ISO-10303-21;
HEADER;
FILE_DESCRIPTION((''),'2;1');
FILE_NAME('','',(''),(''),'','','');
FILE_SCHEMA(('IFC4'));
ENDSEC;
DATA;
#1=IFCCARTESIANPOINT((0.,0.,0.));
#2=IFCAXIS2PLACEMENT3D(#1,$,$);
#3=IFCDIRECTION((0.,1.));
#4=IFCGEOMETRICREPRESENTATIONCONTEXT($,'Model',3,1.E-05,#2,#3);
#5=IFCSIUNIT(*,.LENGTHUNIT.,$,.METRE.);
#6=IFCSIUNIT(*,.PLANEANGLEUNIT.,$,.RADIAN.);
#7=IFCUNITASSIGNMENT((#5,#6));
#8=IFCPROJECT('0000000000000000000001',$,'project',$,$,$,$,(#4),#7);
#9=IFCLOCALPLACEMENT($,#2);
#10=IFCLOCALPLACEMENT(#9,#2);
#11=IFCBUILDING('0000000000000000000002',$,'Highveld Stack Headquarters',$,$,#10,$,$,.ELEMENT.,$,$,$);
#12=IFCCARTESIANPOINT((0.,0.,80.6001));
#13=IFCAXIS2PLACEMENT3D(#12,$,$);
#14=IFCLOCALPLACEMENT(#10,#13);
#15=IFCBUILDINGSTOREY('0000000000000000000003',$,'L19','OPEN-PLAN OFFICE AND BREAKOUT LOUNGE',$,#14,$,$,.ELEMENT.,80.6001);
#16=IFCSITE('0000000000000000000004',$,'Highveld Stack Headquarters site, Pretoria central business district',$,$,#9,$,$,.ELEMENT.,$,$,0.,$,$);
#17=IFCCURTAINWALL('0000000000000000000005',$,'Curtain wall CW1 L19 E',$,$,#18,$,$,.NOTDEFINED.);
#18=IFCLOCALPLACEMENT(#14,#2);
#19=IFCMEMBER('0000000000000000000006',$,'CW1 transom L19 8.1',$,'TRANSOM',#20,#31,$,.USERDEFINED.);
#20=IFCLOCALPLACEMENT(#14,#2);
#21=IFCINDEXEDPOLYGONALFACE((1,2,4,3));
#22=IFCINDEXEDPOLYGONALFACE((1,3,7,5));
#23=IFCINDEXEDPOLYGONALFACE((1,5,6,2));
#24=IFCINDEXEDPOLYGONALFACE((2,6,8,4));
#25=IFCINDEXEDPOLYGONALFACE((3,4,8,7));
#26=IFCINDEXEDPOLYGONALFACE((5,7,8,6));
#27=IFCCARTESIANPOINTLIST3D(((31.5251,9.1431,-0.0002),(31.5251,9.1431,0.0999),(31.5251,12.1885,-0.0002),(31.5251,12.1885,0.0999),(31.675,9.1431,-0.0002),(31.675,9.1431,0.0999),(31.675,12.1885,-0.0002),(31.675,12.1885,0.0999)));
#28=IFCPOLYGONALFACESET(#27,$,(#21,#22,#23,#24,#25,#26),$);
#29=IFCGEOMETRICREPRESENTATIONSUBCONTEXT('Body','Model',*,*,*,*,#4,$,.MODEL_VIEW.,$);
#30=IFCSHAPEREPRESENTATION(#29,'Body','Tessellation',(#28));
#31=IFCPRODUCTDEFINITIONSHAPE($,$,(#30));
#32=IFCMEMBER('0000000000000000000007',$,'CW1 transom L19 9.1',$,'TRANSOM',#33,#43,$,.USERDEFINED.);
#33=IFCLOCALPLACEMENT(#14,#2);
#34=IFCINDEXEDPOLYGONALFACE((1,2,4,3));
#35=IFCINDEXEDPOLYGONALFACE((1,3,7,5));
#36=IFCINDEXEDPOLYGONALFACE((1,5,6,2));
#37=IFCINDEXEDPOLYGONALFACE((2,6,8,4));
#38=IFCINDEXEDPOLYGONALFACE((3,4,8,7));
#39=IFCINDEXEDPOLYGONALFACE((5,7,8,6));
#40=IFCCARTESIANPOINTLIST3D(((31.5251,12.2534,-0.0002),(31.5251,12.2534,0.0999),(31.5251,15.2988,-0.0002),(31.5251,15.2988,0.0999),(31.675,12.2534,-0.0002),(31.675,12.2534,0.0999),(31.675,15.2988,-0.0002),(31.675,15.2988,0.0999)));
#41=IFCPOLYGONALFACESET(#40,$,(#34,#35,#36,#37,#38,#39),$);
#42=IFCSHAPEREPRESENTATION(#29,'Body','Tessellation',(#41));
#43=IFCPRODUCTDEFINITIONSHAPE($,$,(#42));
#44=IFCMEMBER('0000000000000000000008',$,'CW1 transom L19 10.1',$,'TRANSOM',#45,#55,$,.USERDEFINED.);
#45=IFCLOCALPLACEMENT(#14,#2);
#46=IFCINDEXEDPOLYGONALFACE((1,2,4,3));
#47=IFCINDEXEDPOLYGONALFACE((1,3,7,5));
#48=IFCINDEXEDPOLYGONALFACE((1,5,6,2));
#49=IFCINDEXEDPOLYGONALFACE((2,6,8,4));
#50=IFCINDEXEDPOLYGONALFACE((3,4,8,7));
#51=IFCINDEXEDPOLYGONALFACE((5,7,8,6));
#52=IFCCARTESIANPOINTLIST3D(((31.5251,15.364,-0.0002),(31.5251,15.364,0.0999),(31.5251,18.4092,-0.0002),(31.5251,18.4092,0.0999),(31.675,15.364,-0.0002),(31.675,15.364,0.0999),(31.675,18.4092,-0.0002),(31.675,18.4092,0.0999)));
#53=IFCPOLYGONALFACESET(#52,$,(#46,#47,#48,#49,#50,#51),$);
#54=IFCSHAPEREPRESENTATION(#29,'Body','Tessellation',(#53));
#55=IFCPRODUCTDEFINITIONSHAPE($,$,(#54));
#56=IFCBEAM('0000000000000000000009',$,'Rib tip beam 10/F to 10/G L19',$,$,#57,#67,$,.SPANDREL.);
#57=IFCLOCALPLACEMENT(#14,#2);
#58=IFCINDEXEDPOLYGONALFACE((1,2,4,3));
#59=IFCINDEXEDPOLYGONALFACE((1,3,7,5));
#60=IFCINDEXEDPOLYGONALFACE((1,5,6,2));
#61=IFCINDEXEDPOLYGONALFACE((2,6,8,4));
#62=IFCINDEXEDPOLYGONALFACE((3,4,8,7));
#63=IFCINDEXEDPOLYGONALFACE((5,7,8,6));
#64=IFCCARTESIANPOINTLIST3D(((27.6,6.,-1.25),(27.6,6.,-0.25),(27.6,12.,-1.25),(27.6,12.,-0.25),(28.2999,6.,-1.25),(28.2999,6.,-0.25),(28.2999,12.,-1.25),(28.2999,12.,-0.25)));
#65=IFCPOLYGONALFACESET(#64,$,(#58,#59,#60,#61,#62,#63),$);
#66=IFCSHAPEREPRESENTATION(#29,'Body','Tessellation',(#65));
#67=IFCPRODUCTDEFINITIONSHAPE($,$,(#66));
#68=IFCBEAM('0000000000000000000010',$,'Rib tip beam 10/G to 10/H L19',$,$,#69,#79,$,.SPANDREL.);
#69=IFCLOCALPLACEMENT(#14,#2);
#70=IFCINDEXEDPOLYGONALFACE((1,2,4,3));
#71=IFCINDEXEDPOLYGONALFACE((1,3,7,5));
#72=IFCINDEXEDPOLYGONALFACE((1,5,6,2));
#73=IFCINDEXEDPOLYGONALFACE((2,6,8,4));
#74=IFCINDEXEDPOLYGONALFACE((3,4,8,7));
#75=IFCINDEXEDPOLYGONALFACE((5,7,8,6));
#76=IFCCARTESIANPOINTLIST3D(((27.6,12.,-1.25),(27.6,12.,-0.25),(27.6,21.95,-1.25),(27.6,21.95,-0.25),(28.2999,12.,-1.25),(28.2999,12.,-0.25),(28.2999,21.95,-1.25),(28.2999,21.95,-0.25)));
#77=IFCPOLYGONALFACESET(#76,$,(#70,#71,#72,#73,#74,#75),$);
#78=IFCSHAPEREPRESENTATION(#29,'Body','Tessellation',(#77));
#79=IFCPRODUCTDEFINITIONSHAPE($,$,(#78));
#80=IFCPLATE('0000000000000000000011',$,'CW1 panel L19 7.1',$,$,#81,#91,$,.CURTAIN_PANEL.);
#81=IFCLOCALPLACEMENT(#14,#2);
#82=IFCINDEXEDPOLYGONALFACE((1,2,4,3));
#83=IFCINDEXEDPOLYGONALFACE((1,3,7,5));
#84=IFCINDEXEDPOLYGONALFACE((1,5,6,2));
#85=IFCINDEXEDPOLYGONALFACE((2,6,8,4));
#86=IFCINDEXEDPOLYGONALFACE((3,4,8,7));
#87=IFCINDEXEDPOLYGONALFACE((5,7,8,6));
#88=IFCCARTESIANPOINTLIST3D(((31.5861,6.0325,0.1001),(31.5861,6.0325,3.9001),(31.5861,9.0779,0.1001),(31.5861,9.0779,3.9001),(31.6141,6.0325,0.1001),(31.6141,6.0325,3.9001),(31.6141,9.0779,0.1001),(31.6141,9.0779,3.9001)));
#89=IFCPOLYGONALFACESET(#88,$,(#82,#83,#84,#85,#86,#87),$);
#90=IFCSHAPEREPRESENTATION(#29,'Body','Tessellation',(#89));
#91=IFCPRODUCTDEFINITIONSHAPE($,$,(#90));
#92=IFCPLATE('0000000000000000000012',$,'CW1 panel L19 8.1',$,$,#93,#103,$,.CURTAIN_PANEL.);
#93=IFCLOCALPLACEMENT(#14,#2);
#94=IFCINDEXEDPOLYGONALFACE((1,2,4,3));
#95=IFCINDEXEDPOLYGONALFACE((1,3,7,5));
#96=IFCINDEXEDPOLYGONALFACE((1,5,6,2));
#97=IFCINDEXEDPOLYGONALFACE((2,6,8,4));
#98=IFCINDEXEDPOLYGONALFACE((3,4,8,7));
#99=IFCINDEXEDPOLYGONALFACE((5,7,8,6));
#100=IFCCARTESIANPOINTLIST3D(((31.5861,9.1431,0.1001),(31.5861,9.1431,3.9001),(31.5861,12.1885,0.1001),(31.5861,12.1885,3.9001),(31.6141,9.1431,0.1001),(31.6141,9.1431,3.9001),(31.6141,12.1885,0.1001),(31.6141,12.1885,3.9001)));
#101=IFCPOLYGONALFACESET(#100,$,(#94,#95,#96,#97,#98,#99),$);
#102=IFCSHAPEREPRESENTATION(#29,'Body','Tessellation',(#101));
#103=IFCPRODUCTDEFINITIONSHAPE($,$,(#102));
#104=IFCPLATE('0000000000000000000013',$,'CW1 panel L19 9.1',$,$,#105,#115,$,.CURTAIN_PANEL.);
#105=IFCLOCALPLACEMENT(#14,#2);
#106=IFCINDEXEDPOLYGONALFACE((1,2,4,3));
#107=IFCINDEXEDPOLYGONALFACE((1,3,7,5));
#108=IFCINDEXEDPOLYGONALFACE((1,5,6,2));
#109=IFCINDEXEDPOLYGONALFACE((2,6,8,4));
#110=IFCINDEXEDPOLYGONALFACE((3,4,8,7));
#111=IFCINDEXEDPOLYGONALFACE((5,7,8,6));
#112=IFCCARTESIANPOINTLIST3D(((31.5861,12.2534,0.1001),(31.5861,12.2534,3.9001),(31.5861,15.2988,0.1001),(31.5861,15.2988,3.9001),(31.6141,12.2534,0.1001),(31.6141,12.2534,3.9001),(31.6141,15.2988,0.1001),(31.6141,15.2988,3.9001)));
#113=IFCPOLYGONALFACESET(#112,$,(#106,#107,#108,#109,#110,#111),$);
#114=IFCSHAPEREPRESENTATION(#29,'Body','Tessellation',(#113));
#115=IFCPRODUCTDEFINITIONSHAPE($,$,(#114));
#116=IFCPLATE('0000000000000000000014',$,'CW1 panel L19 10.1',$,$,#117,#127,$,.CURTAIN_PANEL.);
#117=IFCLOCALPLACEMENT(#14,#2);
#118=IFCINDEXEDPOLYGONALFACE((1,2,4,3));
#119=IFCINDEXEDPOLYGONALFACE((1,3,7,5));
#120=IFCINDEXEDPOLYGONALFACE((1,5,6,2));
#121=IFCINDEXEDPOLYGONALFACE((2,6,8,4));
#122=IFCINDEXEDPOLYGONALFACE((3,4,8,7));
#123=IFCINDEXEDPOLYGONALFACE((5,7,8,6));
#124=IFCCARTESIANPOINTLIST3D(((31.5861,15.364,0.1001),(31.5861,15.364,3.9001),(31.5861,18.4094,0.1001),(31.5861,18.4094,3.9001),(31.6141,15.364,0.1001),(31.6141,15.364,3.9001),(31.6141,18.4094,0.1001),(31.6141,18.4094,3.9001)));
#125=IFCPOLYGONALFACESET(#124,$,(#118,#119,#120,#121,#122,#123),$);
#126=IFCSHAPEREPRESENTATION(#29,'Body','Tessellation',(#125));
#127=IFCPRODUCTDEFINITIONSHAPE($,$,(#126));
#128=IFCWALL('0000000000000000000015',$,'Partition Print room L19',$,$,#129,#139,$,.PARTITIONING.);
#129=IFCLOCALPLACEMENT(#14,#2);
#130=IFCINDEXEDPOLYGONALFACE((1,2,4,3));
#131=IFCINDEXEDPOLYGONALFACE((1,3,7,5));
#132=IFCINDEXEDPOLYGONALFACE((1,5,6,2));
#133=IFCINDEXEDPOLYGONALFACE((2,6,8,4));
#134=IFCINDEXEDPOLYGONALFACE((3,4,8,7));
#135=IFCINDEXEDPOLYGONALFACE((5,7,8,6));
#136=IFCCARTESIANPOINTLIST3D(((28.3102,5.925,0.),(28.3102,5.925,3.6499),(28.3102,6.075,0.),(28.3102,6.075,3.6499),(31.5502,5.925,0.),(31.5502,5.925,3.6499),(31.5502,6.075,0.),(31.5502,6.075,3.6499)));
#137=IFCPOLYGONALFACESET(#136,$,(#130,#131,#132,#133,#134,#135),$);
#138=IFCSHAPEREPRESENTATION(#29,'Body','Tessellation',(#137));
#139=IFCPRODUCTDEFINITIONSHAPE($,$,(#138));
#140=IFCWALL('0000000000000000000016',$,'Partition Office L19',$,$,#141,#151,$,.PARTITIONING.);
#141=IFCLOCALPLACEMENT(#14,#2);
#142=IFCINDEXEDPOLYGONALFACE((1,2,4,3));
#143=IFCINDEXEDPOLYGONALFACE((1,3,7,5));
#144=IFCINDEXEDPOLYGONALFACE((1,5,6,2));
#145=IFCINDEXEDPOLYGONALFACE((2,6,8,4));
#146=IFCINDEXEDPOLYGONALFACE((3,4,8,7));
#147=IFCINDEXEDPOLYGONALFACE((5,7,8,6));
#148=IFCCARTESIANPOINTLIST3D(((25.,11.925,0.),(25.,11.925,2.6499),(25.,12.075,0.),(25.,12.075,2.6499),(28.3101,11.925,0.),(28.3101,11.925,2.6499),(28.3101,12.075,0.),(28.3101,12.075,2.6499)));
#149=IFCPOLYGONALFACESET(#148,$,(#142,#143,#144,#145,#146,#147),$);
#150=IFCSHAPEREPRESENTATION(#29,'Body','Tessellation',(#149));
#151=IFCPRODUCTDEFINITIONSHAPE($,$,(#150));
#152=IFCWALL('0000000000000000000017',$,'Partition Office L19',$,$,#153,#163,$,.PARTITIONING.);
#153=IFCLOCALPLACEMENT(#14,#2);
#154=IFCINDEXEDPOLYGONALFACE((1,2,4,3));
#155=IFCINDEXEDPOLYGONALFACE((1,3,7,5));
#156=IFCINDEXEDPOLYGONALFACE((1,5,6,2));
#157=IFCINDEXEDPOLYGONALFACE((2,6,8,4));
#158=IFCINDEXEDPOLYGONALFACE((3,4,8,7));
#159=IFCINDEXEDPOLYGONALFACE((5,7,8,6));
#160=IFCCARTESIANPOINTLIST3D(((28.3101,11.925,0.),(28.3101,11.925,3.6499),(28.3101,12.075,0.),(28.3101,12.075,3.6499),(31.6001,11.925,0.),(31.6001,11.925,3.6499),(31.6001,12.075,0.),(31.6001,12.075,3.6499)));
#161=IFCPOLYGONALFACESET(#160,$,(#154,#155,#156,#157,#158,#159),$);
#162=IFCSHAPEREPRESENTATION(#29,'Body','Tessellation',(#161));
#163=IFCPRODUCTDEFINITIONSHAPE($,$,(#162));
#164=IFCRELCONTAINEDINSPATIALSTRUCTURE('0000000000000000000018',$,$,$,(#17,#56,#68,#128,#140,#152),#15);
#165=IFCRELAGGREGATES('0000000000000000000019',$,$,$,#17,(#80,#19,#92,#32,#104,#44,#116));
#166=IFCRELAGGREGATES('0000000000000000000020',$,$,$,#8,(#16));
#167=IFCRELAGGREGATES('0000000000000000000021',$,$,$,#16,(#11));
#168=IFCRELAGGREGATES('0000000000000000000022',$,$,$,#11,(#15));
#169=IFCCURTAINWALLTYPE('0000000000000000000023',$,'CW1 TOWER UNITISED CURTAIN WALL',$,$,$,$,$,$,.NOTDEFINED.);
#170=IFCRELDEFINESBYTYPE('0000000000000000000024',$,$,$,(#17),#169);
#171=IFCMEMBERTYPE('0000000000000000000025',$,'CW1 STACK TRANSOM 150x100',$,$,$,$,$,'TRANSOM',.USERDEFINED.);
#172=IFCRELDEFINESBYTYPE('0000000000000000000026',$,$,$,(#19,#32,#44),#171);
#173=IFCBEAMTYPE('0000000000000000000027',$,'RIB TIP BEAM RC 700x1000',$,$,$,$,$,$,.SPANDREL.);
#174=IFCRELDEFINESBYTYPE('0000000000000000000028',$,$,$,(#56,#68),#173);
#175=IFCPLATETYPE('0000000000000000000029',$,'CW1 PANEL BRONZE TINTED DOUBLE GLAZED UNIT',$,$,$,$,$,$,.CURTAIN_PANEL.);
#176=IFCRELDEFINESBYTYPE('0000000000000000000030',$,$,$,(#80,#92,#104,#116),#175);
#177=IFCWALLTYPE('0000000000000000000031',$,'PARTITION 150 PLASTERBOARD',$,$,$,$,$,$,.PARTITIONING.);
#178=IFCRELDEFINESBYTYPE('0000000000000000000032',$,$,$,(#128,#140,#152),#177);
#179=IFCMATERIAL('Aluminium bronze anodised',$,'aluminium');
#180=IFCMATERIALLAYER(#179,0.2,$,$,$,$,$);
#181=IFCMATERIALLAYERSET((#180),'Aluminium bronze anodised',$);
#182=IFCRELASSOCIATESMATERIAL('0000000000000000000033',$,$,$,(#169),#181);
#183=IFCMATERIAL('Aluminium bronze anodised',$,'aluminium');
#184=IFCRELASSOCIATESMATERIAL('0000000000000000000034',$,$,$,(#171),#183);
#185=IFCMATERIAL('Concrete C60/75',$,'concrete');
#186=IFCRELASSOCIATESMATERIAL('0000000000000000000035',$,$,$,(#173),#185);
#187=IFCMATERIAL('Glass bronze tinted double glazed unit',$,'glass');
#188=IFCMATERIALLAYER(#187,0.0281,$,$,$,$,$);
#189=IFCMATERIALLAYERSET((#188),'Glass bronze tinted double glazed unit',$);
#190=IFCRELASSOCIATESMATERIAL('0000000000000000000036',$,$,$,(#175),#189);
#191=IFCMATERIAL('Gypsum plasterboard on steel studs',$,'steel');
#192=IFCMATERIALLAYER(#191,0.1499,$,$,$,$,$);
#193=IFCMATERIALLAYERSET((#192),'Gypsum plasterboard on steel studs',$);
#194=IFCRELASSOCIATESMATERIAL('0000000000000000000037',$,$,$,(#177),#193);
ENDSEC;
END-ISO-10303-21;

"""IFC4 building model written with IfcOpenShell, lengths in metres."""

from ifc_helpers import new_model, si_unit, direction, frame, frame_2d, origin, origin_2d, place, context, subcontext, project, spatial, rectangle, extrude, material, layer, layer_set, material_profile, profile_set, type_object, element, aggregate, save


model = new_model("IFC4")

# Units and contexts
model_context = context("Model", 3, precision=1e-05, world=origin(), true_north=direction((0.0, 1.0)))
body_context = subcontext(model_context, "Body", "Model", "MODEL_VIEW")
ifc_project = project(units=[si_unit("LENGTHUNIT", "METRE"), si_unit("PLANEANGLEUNIT", "RADIAN")], contexts=[model_context])

# Site, building, storey
site_placement = place(None, origin())
site = spatial("IfcSite", under=ifc_project, at=site_placement, Name="Highveld Stack Headquarters site, Pretoria central business district", CompositionType="ELEMENT", RefElevation=0.0)
building_placement = place(site_placement, origin())
building = spatial("IfcBuilding", under=site, at=building_placement, Name="Highveld Stack Headquarters", CompositionType="ELEMENT")
storey_placement = place(building_placement, frame((0.0, 0.0, 80.6001)))
storey = spatial("IfcBuildingStorey", under=building, at=storey_placement, Name="L19", Description="OPEN-PLAN OFFICE AND BREAKOUT LOUNGE", CompositionType="ELEMENT", Elevation=80.6001)

# Curtain wall, members
ifc_material_1 = material(Name="Aluminium bronze anodised", Category="aluminium")
ifc_layer_1 = layer(ifc_material_1, 0.2)
ifc_layer_set_1 = layer_set([ifc_layer_1], Name="Aluminium bronze anodised")
curtain_wall_type = type_object("IfcCurtainWallType", Name="CW1 TOWER UNITISED CURTAIN WALL", PredefinedType="NOTDEFINED", material=ifc_layer_set_1)
curtain_wall_placement = place(storey_placement, origin())
curtain_wall = element("IfcCurtainWall", 1, at=curtain_wall_placement, inside=storey, type_object=curtain_wall_type, Name="Curtain wall CW1 L19 E", PredefinedType="NOTDEFINED")
ifc_material_2 = material(Name="Aluminium bronze anodised", Category="aluminium")
ifc_material_profile_1 = material_profile(ifc_material_2, rectangle(XDim=0.1499, YDim=0.1001, at=origin_2d()), Name="CW1 TRANSOM 150x100")
ifc_profile_set_1 = profile_set([ifc_material_profile_1], Name="Aluminium bronze anodised")
member_type_1 = type_object("IfcMemberType", Name="CW1 STACK TRANSOM 150x100", ElementType="TRANSOM", PredefinedType="USERDEFINED", material=ifc_profile_set_1)
member_1_placement = place(storey_placement, frame((31.6001, 9.1431, 0.0498), z_axis=(0.0, 1.0, 0.0), x_axis=(-1.0, 0.0, 0.0)))
member_1 = element("IfcMember", 2, at=member_1_placement, type_object=member_type_1, Name="CW1 transom L19 8.1", ObjectType="TRANSOM", PredefinedType="USERDEFINED", context=body_context, shape_type="SweptSolid", body=[
    extrude(rectangle(XDim=0.1499, YDim=0.1001, at=origin_2d()), origin(), (0.0, 0.0, 1.0), 3.0454),
])
member_2_placement = place(storey_placement, frame((31.6001, 12.2534, 0.0498), z_axis=(0.0, 1.0, 0.0), x_axis=(-1.0, 0.0, 0.0)))
member_2 = element("IfcMember", 3, at=member_2_placement, type_object=member_type_1, Name="CW1 transom L19 9.1", ObjectType="TRANSOM", PredefinedType="USERDEFINED", context=body_context, shape_type="SweptSolid", body=[
    extrude(rectangle(XDim=0.1499, YDim=0.1001, at=origin_2d()), origin(), (0.0, 0.0, 1.0), 3.0454),
])
member_3_placement = place(storey_placement, frame((31.6001, 15.364, 0.0498), z_axis=(0.0, 1.0, 0.0), x_axis=(-1.0, 0.0, 0.0)))
member_3 = element("IfcMember", 4, at=member_3_placement, type_object=member_type_1, Name="CW1 transom L19 10.1", ObjectType="TRANSOM", PredefinedType="USERDEFINED", context=body_context, shape_type="SweptSolid", body=[
    extrude(rectangle(XDim=0.1499, YDim=0.1001, at=origin_2d()), origin(), (0.0, 0.0, 1.0), 3.0452),
])

# Beams
ifc_material_3 = material(Name="Concrete C60/75", Category="concrete")
ifc_material_profile_2 = material_profile(ifc_material_3, rectangle(XDim=0.7, YDim=1.0, at=origin_2d()), Name="RC 700x1000")
ifc_profile_set_2 = profile_set([ifc_material_profile_2], Name="Concrete C60/75")
beam_type_1 = type_object("IfcBeamType", Name="RIB TIP BEAM RC 700x1000", PredefinedType="SPANDREL", material=ifc_profile_set_2)
beam_1_placement = place(storey_placement, frame((27.95, 6.0, -0.75), z_axis=(0.0, 1.0, 0.0), x_axis=(-1.0, 0.0, 0.0)))
element("IfcBeam", 5, at=beam_1_placement, inside=storey, type_object=beam_type_1, Name="Rib tip beam 10/F to 10/G L19", PredefinedType="SPANDREL", context=body_context, shape_type="SweptSolid", body=[
    extrude(rectangle(XDim=0.7, YDim=1.0, at=origin_2d()), origin(), (0.0, 0.0, 1.0), 6.0),
])
beam_2_placement = place(storey_placement, frame((27.95, 12.0, -0.75), z_axis=(0.0, 1.0, 0.0), x_axis=(-1.0, 0.0, 0.0)))
element("IfcBeam", 6, at=beam_2_placement, inside=storey, type_object=beam_type_1, Name="Rib tip beam 10/G to 10/H L19", PredefinedType="SPANDREL", context=body_context, shape_type="SweptSolid", body=[
    extrude(rectangle(XDim=0.7, YDim=1.0, at=origin_2d()), origin(), (0.0, 0.0, 1.0), 9.95),
])

# Plates
ifc_material_4 = material(Name="Glass bronze tinted double glazed unit", Category="glass")
ifc_layer_2 = layer(ifc_material_4, 0.0281)
ifc_layer_set_2 = layer_set([ifc_layer_2], Name="Glass bronze tinted double glazed unit")
plate_type = type_object("IfcPlateType", Name="CW1 PANEL BRONZE TINTED DOUBLE GLAZED UNIT", PredefinedType="CURTAIN_PANEL", material=ifc_layer_set_2)
plate_1_placement = place(storey_placement, frame((31.6001, 7.5552, 0.1001), z_axis=(0.0, 0.0, 1.0), x_axis=(0.0, 1.0, 0.0)))
plate_1 = element("IfcPlate", 7, at=plate_1_placement, type_object=plate_type, Name="CW1 panel L19 7.1", PredefinedType="CURTAIN_PANEL", context=body_context, shape_type="SweptSolid", body=[
    extrude(rectangle(XDim=3.0454, YDim=0.0281, at=origin_2d()), origin(), (0.0, 0.0, 1.0), 3.8),
])
plate_2_placement = place(storey_placement, frame((31.6001, 10.6658, 0.1001), z_axis=(0.0, 0.0, 1.0), x_axis=(0.0, 1.0, 0.0)))
plate_2 = element("IfcPlate", 8, at=plate_2_placement, type_object=plate_type, Name="CW1 panel L19 8.1", PredefinedType="CURTAIN_PANEL", context=body_context, shape_type="SweptSolid", body=[
    extrude(rectangle(XDim=3.0454, YDim=0.0281, at=origin_2d()), origin(), (0.0, 0.0, 1.0), 3.8),
])
plate_3_placement = place(storey_placement, frame((31.6001, 13.7761, 0.1001), z_axis=(0.0, 0.0, 1.0), x_axis=(0.0, 1.0, 0.0)))
plate_3 = element("IfcPlate", 9, at=plate_3_placement, type_object=plate_type, Name="CW1 panel L19 9.1", PredefinedType="CURTAIN_PANEL", context=body_context, shape_type="SweptSolid", body=[
    extrude(rectangle(XDim=3.0454, YDim=0.0281, at=origin_2d()), origin(), (0.0, 0.0, 1.0), 3.8),
])
plate_4_placement = place(storey_placement, frame((31.6001, 16.8867, 0.1001), z_axis=(0.0, 0.0, 1.0), x_axis=(0.0, 1.0, 0.0)))
plate_4 = element("IfcPlate", 10, at=plate_4_placement, type_object=plate_type, Name="CW1 panel L19 10.1", PredefinedType="CURTAIN_PANEL", context=body_context, shape_type="SweptSolid", body=[
    extrude(rectangle(XDim=3.0454, YDim=0.0281, at=origin_2d()), origin(), (0.0, 0.0, 1.0), 3.8),
])
aggregate(curtain_wall, [plate_1, member_1, plate_2, member_2, plate_3, member_3, plate_4])

# Walls
ifc_material_5 = material(Name="Gypsum plasterboard on steel studs", Category="steel")
ifc_layer_3 = layer(ifc_material_5, 0.1499)
ifc_layer_set_3 = layer_set([ifc_layer_3], Name="Gypsum plasterboard on steel studs")
wall_type = type_object("IfcWallType", Name="PARTITION 150 PLASTERBOARD", PredefinedType="PARTITIONING", material=ifc_layer_set_3)
wall_1_placement = place(storey_placement, frame((28.3101, 6.0, 0.0), z_axis=(0.0, 0.0, 1.0), x_axis=(1.0, 0.0, 0.0)))
element("IfcWall", 11, at=wall_1_placement, inside=storey, type_object=wall_type, Name="Partition Print room L19", PredefinedType="PARTITIONING", context=body_context, shape_type="SweptSolid", body=[
    extrude(rectangle(XDim=3.24, YDim=0.1499, at=frame_2d((1.6201, 0.0))), origin(), (0.0, 0.0, 1.0), 3.6499),
])
wall_2_placement = place(storey_placement, frame((25.0, 12.0, 0.0), z_axis=(0.0, 0.0, 1.0), x_axis=(1.0, 0.0, 0.0)))
element("IfcWall", 12, at=wall_2_placement, inside=storey, type_object=wall_type, Name="Partition Office L19", PredefinedType="PARTITIONING", context=body_context, shape_type="SweptSolid", body=[
    extrude(rectangle(XDim=3.3101, YDim=0.1499, at=frame_2d((1.655, 0.0))), origin(), (0.0, 0.0, 1.0), 2.6499),
])
wall_3_placement = place(storey_placement, frame((28.3101, 12.0, 0.0), z_axis=(0.0, 0.0, 1.0), x_axis=(1.0, 0.0, 0.0)))
element("IfcWall", 13, at=wall_3_placement, inside=storey, type_object=wall_type, Name="Partition Office L19", PredefinedType="PARTITIONING", context=body_context, shape_type="SweptSolid", body=[
    extrude(rectangle(XDim=3.29, YDim=0.1499, at=frame_2d((1.645, 0.0))), origin(), (0.0, 0.0, 1.0), 3.6499),
])

save(model, "model.ifc")
